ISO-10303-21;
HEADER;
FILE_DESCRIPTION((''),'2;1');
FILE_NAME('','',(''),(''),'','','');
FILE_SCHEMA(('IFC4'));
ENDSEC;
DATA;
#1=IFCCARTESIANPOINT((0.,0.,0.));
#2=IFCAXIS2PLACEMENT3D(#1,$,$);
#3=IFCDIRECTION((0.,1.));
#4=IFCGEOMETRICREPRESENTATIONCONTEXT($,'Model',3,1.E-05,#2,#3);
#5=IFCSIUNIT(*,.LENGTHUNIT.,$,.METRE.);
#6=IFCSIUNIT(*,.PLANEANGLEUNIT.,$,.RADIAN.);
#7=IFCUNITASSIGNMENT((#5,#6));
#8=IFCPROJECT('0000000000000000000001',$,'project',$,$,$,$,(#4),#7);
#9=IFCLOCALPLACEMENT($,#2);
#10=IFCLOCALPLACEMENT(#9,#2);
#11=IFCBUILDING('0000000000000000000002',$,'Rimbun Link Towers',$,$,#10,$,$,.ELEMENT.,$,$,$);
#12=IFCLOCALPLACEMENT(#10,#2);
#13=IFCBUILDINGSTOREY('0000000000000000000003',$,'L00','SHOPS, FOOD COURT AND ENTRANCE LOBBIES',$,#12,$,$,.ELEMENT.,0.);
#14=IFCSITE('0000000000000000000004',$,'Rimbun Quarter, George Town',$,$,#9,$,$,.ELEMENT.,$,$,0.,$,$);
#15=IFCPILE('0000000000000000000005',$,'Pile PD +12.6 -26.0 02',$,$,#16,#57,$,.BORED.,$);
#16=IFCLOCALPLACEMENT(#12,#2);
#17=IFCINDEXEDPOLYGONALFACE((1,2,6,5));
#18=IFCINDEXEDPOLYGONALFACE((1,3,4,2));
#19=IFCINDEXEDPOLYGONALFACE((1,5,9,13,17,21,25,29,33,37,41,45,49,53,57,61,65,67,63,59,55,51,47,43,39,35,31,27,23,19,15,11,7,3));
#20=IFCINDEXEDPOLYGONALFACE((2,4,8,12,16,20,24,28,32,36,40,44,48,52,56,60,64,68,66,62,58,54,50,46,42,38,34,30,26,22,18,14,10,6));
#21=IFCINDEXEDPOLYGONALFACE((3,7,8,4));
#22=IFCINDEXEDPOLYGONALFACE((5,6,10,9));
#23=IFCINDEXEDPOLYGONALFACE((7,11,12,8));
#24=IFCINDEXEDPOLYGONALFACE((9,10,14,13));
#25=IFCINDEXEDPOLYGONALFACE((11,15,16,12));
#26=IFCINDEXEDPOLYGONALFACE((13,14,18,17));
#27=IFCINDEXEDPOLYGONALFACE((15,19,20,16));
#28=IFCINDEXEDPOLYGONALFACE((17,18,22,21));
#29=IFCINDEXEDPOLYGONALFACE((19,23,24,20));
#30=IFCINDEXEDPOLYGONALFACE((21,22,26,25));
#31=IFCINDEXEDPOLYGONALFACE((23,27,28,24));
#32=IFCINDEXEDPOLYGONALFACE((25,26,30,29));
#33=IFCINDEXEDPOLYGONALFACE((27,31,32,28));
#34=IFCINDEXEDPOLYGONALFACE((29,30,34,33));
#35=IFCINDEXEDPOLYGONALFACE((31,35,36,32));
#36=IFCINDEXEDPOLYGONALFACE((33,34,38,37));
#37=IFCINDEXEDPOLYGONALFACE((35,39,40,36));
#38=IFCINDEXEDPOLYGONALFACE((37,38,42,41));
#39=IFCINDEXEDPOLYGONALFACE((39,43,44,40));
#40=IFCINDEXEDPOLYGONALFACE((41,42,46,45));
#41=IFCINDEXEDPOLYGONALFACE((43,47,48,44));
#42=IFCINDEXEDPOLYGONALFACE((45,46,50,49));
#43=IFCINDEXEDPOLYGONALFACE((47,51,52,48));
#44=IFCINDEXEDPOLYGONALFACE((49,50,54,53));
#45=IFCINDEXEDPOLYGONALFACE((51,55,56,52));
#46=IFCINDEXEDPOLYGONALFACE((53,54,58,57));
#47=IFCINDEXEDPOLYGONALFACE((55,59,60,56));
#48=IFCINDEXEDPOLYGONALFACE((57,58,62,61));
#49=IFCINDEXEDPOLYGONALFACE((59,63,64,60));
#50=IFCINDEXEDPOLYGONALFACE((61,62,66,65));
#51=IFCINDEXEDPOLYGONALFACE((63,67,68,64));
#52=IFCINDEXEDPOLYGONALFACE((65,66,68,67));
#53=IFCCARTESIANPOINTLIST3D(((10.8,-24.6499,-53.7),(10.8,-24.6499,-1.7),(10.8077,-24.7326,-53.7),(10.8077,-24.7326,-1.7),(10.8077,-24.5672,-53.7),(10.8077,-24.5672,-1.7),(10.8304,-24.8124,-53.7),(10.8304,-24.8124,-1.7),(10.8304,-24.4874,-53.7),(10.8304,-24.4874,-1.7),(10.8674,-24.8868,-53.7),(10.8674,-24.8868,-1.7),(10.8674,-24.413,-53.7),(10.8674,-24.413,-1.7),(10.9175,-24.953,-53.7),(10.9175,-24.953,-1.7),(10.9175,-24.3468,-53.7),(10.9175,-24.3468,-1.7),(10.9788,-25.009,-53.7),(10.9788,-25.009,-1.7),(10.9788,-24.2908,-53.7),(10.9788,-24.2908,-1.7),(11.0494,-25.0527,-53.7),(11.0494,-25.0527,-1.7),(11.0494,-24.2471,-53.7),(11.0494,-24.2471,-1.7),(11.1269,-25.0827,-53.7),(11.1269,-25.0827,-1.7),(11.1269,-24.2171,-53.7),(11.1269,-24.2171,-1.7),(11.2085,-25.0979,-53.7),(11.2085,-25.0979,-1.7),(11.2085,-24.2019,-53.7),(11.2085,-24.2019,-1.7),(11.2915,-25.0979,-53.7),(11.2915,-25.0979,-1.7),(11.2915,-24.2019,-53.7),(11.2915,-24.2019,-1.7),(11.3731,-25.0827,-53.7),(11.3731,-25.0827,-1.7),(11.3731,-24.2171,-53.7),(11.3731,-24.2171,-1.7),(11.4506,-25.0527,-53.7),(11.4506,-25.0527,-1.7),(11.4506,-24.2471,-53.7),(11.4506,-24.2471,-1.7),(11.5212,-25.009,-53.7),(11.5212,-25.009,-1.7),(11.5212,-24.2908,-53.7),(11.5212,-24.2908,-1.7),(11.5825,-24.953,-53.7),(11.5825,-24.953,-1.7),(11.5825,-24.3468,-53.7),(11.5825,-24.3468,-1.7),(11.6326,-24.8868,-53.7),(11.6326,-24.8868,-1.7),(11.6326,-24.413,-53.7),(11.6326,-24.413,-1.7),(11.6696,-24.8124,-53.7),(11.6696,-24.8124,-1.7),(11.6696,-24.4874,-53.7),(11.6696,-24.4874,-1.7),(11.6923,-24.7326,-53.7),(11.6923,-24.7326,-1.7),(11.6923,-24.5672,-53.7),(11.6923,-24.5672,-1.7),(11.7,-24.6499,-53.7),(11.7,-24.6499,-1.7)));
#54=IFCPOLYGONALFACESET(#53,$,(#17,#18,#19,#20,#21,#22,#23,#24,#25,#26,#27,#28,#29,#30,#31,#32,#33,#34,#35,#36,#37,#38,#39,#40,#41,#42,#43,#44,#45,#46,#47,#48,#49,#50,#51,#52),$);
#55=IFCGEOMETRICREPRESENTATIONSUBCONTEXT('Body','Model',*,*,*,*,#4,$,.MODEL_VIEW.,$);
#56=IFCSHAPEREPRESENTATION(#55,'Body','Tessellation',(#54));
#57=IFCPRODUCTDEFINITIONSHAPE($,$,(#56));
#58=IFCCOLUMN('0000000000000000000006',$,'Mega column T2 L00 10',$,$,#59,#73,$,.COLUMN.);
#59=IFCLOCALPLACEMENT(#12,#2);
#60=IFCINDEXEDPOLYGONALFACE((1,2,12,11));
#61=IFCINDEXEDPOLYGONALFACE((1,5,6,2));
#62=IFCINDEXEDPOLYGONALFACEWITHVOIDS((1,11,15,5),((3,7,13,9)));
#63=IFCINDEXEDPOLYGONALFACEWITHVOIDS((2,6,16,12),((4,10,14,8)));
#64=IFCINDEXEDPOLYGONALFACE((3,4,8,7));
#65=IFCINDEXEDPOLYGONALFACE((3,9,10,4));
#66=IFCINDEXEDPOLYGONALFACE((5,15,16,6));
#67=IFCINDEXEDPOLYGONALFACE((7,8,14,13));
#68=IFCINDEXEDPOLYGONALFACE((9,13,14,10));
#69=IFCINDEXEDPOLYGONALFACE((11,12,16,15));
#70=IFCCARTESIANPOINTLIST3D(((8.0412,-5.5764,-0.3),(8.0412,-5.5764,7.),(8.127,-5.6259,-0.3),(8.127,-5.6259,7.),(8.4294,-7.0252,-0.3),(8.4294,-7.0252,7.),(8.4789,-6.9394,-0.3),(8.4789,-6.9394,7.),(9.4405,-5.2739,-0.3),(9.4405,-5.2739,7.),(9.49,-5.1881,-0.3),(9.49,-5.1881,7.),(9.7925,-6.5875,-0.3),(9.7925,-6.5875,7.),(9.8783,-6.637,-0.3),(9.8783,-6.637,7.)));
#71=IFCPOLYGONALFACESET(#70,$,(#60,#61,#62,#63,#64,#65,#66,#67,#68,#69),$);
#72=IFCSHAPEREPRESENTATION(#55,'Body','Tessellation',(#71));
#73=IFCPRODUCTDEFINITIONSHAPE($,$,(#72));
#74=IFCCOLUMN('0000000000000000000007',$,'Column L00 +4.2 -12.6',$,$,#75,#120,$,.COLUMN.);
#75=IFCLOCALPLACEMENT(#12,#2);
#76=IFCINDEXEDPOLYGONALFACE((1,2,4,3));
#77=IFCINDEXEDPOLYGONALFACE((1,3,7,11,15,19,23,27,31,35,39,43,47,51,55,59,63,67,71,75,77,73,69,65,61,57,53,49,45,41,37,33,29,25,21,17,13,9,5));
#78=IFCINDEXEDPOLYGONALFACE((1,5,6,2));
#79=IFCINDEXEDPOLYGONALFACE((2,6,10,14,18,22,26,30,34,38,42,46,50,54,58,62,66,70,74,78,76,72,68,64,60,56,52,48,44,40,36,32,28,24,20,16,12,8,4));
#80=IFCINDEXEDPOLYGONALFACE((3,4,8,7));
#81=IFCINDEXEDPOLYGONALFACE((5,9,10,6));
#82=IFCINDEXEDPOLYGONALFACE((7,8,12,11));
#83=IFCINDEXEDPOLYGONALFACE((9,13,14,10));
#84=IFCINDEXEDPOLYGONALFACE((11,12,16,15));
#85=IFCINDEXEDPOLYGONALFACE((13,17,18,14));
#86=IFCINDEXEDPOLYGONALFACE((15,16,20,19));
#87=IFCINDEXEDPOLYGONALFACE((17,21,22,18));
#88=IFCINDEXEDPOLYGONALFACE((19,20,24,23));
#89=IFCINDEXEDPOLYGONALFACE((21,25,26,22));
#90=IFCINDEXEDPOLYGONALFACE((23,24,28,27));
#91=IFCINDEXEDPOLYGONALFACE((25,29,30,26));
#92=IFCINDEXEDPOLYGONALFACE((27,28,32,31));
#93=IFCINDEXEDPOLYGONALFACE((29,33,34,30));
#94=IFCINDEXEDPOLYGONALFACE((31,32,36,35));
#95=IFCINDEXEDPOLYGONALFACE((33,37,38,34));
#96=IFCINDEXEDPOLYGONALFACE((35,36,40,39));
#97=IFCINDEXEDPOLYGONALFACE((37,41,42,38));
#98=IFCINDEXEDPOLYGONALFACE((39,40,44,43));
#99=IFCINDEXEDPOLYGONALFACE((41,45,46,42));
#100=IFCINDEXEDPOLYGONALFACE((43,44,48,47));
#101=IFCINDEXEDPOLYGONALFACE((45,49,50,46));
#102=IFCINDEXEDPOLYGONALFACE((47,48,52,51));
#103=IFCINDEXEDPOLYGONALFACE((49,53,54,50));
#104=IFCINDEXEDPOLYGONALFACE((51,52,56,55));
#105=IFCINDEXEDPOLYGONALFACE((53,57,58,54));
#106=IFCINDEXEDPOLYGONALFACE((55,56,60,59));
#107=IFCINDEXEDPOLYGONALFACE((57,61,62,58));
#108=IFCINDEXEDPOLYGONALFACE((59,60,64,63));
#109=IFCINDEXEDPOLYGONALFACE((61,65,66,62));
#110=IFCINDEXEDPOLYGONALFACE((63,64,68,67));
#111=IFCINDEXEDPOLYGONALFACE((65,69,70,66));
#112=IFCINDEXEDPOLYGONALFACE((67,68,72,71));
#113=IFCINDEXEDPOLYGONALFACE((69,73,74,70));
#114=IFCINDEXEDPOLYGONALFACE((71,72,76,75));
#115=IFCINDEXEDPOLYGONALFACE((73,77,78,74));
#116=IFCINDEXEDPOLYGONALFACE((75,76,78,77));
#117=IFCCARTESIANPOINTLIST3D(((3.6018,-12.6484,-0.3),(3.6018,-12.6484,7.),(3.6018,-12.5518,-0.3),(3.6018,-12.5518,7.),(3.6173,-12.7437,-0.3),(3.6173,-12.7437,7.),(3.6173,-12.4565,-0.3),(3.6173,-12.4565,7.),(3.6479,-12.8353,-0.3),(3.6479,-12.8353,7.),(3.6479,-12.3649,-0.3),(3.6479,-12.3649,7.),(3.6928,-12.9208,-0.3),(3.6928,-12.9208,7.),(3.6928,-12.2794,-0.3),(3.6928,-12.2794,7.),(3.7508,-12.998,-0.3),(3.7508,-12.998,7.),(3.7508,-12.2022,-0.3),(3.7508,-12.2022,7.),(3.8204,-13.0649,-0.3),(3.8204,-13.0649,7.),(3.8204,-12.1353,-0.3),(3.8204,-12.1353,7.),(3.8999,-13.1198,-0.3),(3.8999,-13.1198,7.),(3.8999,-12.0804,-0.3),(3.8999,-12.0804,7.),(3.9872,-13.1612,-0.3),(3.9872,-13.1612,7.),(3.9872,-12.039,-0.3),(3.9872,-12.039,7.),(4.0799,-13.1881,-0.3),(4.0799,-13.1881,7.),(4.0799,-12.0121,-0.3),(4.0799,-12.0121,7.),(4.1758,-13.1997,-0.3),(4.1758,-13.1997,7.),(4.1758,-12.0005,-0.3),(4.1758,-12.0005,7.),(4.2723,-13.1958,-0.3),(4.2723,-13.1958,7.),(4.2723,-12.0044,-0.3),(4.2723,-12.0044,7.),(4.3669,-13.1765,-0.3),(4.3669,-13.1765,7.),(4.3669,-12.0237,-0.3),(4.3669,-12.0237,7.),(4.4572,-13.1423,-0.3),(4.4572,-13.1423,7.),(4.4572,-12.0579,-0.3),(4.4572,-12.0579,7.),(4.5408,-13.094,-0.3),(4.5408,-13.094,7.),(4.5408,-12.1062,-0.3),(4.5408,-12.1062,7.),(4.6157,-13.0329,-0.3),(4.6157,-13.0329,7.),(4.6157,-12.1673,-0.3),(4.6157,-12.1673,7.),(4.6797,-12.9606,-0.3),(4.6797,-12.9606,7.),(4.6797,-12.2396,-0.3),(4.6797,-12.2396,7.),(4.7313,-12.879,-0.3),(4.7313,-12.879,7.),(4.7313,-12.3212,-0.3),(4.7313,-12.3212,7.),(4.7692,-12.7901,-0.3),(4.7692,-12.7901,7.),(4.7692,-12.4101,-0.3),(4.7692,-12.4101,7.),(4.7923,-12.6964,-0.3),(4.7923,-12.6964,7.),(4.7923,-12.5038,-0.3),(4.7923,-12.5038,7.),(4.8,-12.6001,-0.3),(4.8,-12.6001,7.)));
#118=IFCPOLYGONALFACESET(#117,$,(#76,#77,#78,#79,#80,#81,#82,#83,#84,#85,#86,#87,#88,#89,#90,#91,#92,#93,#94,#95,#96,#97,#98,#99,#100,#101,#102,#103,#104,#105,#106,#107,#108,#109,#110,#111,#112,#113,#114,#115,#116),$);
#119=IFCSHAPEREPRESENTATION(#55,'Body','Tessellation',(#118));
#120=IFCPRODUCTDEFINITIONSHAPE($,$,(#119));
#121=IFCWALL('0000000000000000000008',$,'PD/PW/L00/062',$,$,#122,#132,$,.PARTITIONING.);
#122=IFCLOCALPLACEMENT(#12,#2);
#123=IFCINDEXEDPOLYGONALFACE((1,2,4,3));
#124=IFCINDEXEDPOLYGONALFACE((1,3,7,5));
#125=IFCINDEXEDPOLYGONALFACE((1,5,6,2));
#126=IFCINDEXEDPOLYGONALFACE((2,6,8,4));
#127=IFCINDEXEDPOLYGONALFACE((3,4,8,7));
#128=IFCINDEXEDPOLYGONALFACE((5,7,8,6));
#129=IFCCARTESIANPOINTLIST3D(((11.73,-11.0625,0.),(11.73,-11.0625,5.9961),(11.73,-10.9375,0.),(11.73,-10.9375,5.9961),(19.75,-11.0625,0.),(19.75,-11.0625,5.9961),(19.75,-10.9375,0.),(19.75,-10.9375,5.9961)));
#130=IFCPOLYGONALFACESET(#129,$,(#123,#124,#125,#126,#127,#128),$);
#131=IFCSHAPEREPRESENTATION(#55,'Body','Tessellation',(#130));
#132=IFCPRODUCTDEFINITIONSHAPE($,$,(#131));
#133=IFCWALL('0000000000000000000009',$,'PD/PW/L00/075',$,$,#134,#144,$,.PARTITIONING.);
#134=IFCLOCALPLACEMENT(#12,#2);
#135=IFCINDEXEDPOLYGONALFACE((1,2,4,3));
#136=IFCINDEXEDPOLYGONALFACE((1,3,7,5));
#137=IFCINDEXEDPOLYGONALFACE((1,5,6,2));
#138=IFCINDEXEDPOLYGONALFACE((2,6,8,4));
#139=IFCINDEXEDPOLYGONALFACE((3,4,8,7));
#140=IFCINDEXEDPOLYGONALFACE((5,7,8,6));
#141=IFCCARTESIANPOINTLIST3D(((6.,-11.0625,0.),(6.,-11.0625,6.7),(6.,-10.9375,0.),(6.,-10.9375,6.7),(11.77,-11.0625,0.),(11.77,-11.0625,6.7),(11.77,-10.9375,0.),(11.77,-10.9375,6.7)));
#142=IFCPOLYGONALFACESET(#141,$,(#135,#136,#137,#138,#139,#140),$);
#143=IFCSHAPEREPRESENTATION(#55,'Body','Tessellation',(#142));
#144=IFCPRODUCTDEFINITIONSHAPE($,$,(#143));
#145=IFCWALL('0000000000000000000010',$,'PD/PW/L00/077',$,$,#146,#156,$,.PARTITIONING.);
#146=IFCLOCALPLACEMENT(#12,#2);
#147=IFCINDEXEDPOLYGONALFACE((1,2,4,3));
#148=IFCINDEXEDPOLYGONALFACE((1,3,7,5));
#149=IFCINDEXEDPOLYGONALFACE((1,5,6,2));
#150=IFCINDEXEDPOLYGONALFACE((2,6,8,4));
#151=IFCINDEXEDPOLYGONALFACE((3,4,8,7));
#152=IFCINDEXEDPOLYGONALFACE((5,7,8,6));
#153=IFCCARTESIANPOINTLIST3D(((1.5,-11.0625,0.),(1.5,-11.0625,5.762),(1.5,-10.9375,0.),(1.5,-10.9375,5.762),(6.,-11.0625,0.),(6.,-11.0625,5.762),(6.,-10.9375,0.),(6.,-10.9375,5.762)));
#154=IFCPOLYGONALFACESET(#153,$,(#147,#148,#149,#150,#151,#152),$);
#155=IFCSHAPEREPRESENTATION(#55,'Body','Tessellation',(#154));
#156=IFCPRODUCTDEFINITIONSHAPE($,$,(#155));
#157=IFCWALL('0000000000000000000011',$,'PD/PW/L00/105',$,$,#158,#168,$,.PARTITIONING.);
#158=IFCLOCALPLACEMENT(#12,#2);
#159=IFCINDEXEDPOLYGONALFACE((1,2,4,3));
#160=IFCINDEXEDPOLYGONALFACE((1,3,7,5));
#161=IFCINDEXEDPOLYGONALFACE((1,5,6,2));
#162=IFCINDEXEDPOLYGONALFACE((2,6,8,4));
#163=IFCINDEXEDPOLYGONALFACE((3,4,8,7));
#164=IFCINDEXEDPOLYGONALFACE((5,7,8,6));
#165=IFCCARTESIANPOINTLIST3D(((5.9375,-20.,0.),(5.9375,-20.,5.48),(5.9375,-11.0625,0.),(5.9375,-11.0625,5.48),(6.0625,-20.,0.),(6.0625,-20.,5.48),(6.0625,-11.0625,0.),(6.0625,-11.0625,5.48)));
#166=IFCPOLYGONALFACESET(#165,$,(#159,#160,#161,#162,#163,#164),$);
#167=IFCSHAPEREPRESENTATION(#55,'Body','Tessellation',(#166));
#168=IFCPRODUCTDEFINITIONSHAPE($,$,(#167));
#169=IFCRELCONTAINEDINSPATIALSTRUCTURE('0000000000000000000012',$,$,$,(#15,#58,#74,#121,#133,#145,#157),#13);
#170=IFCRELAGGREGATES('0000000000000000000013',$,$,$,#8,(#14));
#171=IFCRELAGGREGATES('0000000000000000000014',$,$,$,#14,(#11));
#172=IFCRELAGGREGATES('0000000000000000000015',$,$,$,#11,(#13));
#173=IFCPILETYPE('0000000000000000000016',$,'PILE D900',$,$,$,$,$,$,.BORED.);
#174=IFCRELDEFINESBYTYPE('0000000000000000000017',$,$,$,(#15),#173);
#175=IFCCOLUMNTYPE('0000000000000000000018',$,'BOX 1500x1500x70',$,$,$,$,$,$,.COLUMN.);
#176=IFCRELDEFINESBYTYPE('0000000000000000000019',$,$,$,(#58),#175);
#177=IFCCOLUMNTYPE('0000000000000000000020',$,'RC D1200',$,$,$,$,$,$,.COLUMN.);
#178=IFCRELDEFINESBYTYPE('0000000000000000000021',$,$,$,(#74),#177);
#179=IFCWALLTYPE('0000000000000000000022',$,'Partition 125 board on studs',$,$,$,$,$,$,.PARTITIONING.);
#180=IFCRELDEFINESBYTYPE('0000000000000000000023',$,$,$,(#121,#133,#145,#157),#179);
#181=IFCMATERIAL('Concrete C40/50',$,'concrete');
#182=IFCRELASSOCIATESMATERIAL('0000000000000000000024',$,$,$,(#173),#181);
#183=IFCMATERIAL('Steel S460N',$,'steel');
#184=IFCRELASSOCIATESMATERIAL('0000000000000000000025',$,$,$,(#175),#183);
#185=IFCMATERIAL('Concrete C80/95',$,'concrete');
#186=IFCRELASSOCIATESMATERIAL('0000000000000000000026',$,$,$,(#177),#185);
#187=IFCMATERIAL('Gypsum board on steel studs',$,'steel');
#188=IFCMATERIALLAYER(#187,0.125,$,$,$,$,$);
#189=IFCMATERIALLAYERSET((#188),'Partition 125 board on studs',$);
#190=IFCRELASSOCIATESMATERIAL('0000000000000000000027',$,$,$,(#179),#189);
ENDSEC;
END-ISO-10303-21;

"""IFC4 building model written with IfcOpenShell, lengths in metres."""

from ifc_helpers import new_model, si_unit, direction, frame, frame_2d, origin, origin_2d, place, context, subcontext, project, spatial, rectangle, hollow_rectangle, circle, extrude, material, layer, layer_set, material_profile, profile_set, type_object, element, save


model = new_model("IFC4")

# Units and contexts
model_context = context("Model", 3, precision=1e-05, world=origin(), true_north=direction((0.0, 1.0)))
body_context = subcontext(model_context, "Body", "Model", "MODEL_VIEW")
ifc_project = project(units=[si_unit("LENGTHUNIT", "METRE"), si_unit("PLANEANGLEUNIT", "RADIAN")], contexts=[model_context])

# Site, building, storey
site_placement = place(None, origin())
site = spatial("IfcSite", under=ifc_project, at=site_placement, Name="Rimbun Quarter, George Town", CompositionType="ELEMENT", RefElevation=0.0)
building_placement = place(site_placement, origin())
building = spatial("IfcBuilding", under=site, at=building_placement, Name="Rimbun Link Towers", CompositionType="ELEMENT")
storey_placement = place(building_placement, origin())
storey = spatial("IfcBuildingStorey", under=building, at=storey_placement, Name="L00", Description="SHOPS, FOOD COURT AND ENTRANCE LOBBIES", CompositionType="ELEMENT", Elevation=0.0)

# Pile
ifc_material_1 = material(Name="Concrete C40/50", Category="concrete")
ifc_material_profile_1 = material_profile(ifc_material_1, circle(Radius=0.45, at=origin_2d()), Name="PILE D900")
ifc_profile_set_1 = profile_set([ifc_material_profile_1], Name="Concrete C40/50")
pile_type_1 = type_object("IfcPileType", Name="PILE D900", PredefinedType="BORED", material=ifc_profile_set_1)
for number, where, z_axis, x_axis, name in (
    (1, (11.25, -24.6499, -1.7), (0.0, 0.0, -1.0), (1.0, 0.0, 0.0), "Pile PD +12.6 -26.0 02"),
):
    element("IfcPile", number, at=place(storey_placement, frame(where, z_axis=z_axis, x_axis=x_axis)), inside=storey, type_object=pile_type_1, Name=name, PredefinedType="BORED", context=body_context, shape_type="SweptSolid", body=[
        extrude(circle(Radius=0.45, at=origin_2d()), origin(), (0.0, 0.0, 1.0), 52.0),
    ])

# Columns
ifc_material_2 = material(Name="Steel S460N", Category="steel")
ifc_material_profile_2 = material_profile(ifc_material_2, hollow_rectangle(XDim=1.5, YDim=1.5, WallThickness=0.0701, at=origin_2d()), Name="BOX 1500x1500x70")
ifc_profile_set_2 = profile_set([ifc_material_profile_2], Name="Steel S460N")
column_type_1 = type_object("IfcColumnType", Name="BOX 1500x1500x70", PredefinedType="COLUMN", material=ifc_profile_set_2)
column_1_placement = place(storey_placement, frame((8.9597, -6.1067, -0.3), z_axis=(0.0, 0.0, 1.0), x_axis=(-0.965926, -0.258819, 0.0)))
element("IfcColumn", 2, at=column_1_placement, inside=storey, type_object=column_type_1, Name="Mega column T2 L00 10", PredefinedType="COLUMN", context=body_context, shape_type="SweptSolid", body=[
    extrude(hollow_rectangle(XDim=1.5, YDim=1.5, WallThickness=0.0701, at=origin_2d()), origin(), (0.0, 0.0, 1.0), 7.3),
])
ifc_material_3 = material(Name="Concrete C80/95", Category="concrete")
ifc_material_profile_3 = material_profile(ifc_material_3, circle(Radius=0.6001, at=origin_2d()), Name="RC D1200")
ifc_profile_set_3 = profile_set([ifc_material_profile_3], Name="Concrete C80/95")
column_type_2 = type_object("IfcColumnType", Name="RC D1200", PredefinedType="COLUMN", material=ifc_profile_set_3)
column_2_placement = place(storey_placement, frame((4.2, -12.6001, -0.3), z_axis=(0.0, 0.0, 1.0), x_axis=(1.0, 0.0, 0.0)))
element("IfcColumn", 3, at=column_2_placement, inside=storey, type_object=column_type_2, Name="Column L00 +4.2 -12.6", PredefinedType="COLUMN", context=body_context, shape_type="SweptSolid", body=[
    extrude(circle(Radius=0.6001, at=origin_2d()), origin(), (0.0, 0.0, 1.0), 7.3),
])

# Walls
ifc_material_4 = material(Name="Gypsum board on steel studs", Category="steel")
ifc_layer_1 = layer(ifc_material_4, 0.125)
ifc_layer_set_1 = layer_set([ifc_layer_1], Name="Partition 125 board on studs")
wall_type_1 = type_object("IfcWallType", Name="Partition 125 board on studs", PredefinedType="PARTITIONING", material=ifc_layer_set_1)
wall_1_placement = place(storey_placement, frame((11.73, -11.0, 0.0), z_axis=(0.0, 0.0, 1.0), x_axis=(1.0, 0.0, 0.0)))
element("IfcWall", 4, at=wall_1_placement, inside=storey, type_object=wall_type_1, Name="PD/PW/L00/062", PredefinedType="PARTITIONING", context=body_context, shape_type="SweptSolid", body=[
    extrude(rectangle(XDim=8.02, YDim=0.125, at=frame_2d((4.01, 0.0))), origin(), (0.0, 0.0, 1.0), 5.9961),
])
wall_2_placement = place(storey_placement, frame((6.0, -11.0, 0.0), z_axis=(0.0, 0.0, 1.0), x_axis=(1.0, 0.0, 0.0)))
element("IfcWall", 5, at=wall_2_placement, inside=storey, type_object=wall_type_1, Name="PD/PW/L00/075", PredefinedType="PARTITIONING", context=body_context, shape_type="SweptSolid", body=[
    extrude(rectangle(XDim=5.77, YDim=0.125, at=frame_2d((2.885, 0.0))), origin(), (0.0, 0.0, 1.0), 6.7),
])
wall_3_placement = place(storey_placement, frame((1.5, -11.0, 0.0), z_axis=(0.0, 0.0, 1.0), x_axis=(1.0, 0.0, 0.0)))
element("IfcWall", 6, at=wall_3_placement, inside=storey, type_object=wall_type_1, Name="PD/PW/L00/077", PredefinedType="PARTITIONING", context=body_context, shape_type="SweptSolid", body=[
    extrude(rectangle(XDim=4.5, YDim=0.125, at=frame_2d((2.25, 0.0))), origin(), (0.0, 0.0, 1.0), 5.762),
])
wall_4_placement = place(storey_placement, frame((6.0, -11.0625, 0.0), z_axis=(0.0, 0.0, 1.0), x_axis=(0.0, -1.0, 0.0)))
element("IfcWall", 7, at=wall_4_placement, inside=storey, type_object=wall_type_1, Name="PD/PW/L00/105", PredefinedType="PARTITIONING", context=body_context, shape_type="SweptSolid", body=[
    extrude(rectangle(XDim=8.9375, YDim=0.125, at=frame_2d((4.4688, 0.0))), origin(), (0.0, 0.0, 1.0), 5.48),
])

save(model, "model.ifc")
